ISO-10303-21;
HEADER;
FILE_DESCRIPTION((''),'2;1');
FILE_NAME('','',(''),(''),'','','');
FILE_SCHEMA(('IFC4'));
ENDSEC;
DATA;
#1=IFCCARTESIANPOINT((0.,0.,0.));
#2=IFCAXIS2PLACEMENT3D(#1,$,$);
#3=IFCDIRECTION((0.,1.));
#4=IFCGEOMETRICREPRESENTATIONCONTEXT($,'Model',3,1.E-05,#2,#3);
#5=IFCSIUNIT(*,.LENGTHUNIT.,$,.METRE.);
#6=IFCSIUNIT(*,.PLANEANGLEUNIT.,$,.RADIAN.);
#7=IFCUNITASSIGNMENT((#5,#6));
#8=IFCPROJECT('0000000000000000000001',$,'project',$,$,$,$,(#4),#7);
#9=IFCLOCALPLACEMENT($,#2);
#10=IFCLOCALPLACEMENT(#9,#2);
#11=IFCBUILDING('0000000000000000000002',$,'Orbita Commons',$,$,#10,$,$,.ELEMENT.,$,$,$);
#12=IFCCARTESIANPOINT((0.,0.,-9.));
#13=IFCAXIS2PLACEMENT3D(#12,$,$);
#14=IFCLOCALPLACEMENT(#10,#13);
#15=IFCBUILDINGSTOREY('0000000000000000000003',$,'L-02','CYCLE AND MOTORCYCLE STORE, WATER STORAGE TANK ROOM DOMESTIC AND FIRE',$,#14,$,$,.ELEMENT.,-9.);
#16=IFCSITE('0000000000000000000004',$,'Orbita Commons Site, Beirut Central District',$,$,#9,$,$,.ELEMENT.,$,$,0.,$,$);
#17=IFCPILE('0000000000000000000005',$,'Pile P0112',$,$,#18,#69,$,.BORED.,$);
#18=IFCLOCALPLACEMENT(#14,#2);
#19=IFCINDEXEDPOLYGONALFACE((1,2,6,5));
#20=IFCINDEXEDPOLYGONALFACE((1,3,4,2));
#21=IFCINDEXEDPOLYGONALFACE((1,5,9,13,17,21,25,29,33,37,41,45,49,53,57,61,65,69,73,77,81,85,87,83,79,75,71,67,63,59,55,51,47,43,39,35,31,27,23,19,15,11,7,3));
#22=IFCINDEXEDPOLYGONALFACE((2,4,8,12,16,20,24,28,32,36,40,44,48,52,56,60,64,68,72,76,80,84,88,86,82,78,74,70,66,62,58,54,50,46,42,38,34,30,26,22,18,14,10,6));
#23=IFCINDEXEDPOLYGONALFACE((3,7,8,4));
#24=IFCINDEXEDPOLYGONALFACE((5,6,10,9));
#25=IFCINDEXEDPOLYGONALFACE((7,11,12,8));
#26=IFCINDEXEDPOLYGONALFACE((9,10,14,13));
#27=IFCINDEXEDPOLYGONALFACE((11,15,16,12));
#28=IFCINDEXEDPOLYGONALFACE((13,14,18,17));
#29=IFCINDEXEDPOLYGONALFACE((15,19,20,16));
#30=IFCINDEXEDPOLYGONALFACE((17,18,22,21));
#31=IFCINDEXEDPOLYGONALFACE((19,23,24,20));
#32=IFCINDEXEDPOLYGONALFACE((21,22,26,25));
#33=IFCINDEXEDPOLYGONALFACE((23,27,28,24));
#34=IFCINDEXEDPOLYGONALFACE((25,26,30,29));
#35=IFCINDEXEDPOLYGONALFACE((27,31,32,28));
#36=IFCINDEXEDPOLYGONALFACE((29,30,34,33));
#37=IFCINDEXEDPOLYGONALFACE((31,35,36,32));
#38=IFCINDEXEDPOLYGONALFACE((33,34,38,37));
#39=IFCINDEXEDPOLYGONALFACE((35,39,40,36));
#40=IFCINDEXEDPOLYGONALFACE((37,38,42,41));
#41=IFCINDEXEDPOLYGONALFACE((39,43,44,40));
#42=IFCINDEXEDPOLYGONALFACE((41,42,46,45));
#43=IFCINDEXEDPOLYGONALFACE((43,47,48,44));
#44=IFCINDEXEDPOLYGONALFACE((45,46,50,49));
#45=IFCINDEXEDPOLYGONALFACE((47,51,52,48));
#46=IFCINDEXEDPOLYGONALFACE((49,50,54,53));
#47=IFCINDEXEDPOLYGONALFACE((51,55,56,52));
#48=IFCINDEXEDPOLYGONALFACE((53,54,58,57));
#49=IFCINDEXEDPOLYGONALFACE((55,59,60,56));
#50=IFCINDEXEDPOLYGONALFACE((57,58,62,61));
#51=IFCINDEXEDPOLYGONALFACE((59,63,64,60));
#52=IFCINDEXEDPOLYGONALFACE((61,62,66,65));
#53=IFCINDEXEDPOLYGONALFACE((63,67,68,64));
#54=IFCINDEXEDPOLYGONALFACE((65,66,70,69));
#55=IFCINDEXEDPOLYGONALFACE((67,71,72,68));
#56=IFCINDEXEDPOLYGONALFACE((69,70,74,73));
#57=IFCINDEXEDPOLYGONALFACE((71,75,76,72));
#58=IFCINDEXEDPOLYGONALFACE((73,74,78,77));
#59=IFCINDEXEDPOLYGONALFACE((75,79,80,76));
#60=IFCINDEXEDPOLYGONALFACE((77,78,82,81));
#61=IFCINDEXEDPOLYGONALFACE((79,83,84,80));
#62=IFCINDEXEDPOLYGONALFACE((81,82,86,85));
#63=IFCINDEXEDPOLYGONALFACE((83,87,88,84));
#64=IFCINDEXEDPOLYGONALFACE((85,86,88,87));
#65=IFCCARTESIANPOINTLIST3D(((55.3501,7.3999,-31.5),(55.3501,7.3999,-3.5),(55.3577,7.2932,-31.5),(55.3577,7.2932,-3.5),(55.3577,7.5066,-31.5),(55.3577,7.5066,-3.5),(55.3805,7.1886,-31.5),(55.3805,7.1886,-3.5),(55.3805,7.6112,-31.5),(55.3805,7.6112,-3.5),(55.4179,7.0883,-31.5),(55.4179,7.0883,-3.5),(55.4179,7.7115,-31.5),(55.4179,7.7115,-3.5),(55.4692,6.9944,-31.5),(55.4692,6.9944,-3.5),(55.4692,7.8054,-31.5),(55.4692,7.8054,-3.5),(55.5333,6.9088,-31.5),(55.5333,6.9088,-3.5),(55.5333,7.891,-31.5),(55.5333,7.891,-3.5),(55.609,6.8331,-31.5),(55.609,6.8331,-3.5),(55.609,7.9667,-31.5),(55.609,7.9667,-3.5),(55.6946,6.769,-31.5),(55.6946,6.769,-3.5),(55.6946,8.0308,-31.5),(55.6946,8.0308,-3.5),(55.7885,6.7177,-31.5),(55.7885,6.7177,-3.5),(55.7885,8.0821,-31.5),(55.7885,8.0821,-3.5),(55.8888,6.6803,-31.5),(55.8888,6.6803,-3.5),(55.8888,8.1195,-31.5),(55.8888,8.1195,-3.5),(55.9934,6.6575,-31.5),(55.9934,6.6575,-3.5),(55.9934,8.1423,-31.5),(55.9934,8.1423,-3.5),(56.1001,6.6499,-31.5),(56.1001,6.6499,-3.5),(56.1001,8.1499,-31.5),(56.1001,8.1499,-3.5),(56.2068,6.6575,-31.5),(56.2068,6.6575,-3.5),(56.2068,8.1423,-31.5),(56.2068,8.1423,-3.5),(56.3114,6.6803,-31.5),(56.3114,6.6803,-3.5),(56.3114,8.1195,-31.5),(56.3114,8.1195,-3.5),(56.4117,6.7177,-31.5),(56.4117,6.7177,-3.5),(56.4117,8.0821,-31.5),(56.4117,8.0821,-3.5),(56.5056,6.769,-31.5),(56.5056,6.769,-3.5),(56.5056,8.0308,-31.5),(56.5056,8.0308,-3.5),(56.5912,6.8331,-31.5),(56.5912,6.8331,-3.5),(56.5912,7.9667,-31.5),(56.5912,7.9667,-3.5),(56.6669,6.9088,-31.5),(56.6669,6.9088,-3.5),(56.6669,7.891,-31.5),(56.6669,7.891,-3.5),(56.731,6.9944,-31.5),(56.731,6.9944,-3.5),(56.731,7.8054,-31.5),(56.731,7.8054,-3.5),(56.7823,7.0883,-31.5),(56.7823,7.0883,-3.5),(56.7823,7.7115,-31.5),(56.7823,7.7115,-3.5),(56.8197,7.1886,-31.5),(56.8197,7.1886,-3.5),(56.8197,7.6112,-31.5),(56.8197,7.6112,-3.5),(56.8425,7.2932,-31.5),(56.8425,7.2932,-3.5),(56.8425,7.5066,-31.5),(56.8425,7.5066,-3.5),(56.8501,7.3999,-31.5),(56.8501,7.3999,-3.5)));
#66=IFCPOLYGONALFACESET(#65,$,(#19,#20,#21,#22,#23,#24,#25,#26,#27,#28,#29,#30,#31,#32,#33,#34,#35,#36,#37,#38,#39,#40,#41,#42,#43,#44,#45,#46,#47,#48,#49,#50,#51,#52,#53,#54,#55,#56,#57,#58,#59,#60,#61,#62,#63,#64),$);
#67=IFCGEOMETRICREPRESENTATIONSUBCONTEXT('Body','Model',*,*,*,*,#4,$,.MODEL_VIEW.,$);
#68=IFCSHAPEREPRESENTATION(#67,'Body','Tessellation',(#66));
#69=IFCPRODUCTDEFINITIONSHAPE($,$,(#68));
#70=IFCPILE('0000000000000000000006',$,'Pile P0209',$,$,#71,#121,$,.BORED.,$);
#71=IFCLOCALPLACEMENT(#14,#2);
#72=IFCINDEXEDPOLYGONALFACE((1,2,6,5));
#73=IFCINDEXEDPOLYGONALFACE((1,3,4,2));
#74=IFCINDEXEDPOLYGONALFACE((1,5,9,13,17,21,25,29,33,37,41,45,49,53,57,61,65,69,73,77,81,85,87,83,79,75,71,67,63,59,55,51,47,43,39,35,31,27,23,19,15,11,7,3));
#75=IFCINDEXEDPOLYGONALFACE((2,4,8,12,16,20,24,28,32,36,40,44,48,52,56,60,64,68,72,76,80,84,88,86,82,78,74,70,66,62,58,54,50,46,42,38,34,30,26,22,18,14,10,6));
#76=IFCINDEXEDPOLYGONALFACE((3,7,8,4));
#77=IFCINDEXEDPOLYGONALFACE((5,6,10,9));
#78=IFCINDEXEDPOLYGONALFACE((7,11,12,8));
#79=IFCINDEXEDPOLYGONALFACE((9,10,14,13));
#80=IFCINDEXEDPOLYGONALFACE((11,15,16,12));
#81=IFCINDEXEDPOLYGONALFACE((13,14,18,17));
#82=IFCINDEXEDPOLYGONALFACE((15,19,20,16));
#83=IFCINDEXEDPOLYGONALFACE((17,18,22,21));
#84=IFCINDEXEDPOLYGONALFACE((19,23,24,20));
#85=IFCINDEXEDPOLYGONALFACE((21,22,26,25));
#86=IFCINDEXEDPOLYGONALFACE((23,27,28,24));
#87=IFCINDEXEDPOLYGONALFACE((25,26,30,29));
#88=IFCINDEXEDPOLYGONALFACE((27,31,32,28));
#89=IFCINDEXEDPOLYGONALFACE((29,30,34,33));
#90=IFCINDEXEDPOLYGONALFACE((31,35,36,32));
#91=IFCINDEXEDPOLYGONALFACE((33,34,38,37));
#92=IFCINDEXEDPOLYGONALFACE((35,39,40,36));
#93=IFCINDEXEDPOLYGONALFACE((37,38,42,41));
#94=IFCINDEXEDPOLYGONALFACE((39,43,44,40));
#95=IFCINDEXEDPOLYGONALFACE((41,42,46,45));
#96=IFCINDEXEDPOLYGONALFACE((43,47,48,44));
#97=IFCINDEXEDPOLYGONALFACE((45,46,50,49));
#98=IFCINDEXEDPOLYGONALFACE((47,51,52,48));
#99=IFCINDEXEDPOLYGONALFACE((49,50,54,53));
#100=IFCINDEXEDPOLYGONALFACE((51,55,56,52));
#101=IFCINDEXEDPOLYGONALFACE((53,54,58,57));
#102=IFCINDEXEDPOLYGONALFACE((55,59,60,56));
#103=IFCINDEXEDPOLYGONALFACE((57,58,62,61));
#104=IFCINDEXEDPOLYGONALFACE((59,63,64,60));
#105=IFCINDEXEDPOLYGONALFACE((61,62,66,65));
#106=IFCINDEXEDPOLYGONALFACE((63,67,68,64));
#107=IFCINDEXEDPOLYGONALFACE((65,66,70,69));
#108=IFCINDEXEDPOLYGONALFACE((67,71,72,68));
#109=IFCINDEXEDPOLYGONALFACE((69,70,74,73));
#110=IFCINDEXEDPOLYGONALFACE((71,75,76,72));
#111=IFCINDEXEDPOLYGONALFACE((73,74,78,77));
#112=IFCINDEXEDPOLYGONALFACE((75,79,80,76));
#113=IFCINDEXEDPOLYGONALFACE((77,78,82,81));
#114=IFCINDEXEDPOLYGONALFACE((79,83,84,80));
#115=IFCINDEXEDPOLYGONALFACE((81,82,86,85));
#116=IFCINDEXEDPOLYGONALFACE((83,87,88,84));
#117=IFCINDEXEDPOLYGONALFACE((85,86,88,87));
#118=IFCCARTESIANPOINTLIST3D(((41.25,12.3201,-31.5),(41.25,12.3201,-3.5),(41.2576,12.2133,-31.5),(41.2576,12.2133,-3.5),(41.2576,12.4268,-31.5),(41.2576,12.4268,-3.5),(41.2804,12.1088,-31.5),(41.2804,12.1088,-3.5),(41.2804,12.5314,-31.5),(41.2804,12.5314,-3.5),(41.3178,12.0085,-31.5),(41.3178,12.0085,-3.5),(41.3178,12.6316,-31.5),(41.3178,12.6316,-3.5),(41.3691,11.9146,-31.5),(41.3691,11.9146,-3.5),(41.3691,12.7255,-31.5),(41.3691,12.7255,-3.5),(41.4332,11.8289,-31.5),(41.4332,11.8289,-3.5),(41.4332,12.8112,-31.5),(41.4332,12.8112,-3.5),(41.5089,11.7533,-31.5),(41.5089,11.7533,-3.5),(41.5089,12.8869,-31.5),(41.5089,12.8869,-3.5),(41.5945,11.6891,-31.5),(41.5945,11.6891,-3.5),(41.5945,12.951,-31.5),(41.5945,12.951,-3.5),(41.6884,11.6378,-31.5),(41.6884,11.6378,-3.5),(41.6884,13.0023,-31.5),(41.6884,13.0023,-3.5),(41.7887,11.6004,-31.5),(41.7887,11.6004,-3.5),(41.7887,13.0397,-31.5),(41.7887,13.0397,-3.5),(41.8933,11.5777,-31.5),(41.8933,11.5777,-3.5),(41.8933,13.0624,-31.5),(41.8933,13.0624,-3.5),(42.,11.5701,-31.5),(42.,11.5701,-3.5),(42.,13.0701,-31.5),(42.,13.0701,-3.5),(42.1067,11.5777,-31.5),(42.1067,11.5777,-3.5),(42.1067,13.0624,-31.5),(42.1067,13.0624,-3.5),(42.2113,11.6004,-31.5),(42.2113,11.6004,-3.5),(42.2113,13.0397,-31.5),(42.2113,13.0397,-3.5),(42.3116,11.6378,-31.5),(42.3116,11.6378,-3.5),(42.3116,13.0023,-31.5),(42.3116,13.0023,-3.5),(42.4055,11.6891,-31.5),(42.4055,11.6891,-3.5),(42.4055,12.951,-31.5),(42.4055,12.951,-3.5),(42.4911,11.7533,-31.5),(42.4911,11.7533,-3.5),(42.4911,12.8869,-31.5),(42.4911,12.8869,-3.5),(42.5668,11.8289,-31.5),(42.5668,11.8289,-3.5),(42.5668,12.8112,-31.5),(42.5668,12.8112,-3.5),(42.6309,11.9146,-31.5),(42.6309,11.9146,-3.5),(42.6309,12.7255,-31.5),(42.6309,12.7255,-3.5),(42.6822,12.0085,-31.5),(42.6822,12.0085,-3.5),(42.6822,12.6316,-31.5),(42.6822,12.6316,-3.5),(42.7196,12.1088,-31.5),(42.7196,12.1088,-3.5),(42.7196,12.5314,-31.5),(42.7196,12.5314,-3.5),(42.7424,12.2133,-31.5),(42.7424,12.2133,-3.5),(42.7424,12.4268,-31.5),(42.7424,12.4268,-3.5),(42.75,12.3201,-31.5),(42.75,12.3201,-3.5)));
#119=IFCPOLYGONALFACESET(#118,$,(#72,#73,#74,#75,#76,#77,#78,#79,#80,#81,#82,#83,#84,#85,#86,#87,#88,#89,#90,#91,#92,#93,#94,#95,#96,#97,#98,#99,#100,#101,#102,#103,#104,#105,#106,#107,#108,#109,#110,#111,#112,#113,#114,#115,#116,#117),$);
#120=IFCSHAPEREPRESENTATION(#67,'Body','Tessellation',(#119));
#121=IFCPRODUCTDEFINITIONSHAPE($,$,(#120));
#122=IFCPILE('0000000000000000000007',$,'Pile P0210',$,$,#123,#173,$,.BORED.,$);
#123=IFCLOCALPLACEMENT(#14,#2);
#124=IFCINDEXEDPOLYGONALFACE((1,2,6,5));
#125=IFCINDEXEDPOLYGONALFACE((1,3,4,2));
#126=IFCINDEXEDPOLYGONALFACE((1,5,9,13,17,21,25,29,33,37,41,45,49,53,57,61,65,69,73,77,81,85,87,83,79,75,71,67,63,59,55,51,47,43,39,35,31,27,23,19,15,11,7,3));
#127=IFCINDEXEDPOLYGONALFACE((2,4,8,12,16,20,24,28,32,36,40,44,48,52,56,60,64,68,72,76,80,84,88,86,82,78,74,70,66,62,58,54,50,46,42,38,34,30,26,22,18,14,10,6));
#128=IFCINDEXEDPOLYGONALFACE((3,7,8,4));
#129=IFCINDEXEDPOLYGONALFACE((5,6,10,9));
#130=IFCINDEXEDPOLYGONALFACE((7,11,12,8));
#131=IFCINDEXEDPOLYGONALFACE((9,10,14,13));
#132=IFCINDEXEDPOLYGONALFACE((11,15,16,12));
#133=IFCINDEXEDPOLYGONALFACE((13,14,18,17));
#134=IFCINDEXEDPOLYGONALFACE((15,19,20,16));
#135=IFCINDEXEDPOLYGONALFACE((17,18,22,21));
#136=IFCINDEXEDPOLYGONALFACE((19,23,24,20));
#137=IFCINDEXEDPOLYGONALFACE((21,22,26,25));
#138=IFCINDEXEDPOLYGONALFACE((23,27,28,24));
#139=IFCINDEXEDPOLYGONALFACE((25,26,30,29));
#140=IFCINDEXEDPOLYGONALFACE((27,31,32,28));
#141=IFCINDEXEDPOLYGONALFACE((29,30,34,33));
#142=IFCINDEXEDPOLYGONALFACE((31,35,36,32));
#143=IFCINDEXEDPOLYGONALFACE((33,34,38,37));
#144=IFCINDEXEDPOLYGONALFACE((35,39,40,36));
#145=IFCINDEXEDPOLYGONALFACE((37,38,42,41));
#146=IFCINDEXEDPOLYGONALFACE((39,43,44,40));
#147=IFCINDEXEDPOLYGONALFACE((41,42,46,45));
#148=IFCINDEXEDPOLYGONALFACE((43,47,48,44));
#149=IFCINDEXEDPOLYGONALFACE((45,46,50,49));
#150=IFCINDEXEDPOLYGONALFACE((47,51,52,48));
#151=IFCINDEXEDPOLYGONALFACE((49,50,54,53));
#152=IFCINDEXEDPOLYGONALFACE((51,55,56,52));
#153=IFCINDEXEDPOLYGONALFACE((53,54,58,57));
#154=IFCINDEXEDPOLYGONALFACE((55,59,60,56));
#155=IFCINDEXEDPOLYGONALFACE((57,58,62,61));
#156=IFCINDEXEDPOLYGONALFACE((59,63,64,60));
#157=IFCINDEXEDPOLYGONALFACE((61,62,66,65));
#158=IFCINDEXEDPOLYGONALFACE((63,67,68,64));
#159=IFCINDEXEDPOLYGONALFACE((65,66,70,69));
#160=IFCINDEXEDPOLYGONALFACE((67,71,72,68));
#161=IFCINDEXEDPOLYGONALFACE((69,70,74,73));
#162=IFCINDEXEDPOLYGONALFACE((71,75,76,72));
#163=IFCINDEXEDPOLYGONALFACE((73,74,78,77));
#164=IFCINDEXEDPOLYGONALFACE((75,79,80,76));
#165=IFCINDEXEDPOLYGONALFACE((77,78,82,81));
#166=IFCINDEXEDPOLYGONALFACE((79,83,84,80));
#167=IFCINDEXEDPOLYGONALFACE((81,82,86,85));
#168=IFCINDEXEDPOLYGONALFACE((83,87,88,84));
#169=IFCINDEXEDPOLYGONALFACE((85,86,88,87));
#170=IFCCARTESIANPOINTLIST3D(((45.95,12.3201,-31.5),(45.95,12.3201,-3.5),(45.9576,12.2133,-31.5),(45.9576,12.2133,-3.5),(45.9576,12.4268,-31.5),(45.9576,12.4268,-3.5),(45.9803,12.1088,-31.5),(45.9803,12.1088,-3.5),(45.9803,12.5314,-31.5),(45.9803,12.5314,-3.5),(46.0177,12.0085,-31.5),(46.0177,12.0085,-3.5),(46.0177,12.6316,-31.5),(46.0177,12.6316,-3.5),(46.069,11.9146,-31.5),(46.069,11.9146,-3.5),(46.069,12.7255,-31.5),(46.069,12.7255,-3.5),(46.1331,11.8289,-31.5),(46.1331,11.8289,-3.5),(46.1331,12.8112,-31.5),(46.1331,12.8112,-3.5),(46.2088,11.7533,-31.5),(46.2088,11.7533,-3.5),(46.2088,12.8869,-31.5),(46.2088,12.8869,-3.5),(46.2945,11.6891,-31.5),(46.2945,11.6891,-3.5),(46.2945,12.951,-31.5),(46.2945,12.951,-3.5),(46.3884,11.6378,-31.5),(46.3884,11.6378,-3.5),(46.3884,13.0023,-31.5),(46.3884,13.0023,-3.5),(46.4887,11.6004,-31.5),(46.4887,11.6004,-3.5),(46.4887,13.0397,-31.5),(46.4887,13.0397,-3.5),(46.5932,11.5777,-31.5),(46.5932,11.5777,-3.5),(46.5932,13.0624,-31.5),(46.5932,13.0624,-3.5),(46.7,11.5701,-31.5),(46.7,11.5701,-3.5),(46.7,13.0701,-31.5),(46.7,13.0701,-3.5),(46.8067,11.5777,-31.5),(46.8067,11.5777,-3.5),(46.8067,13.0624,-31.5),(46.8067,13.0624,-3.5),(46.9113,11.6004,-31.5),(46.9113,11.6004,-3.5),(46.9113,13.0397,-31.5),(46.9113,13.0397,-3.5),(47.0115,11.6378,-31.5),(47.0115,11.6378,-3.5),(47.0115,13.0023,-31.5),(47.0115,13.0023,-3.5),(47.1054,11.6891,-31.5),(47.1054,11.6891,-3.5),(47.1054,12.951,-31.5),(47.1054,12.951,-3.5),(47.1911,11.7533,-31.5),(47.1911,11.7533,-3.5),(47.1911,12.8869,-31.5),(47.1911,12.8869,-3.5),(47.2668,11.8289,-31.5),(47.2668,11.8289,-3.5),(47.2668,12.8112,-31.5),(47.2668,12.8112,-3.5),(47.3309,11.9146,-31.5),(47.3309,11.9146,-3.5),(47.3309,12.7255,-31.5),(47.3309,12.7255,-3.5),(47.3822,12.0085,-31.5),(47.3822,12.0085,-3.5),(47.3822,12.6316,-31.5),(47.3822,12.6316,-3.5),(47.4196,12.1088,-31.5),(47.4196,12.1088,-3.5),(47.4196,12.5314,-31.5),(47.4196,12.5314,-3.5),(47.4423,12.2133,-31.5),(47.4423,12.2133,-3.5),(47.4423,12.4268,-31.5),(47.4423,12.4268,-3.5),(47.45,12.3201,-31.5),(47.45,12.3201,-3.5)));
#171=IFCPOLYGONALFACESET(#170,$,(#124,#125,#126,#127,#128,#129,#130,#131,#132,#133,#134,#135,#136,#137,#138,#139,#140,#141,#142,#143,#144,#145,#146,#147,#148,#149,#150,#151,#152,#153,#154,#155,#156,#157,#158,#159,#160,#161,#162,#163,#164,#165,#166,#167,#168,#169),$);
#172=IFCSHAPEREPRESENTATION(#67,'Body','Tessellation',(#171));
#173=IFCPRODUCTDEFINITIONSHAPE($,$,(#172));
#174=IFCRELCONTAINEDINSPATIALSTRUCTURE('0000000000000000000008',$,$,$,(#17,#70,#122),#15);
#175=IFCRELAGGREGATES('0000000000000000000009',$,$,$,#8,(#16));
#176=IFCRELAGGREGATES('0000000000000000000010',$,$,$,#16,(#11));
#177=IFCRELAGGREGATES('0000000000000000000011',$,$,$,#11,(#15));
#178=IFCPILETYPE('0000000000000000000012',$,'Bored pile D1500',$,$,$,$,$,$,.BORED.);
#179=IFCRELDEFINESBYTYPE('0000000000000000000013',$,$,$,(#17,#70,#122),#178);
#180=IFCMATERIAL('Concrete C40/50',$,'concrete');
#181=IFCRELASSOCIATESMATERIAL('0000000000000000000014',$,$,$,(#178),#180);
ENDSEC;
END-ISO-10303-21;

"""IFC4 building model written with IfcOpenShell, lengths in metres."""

from ifc_helpers import new_model, si_unit, direction, frame, origin, origin_2d, place, context, subcontext, project, spatial, circle, extrude, material, material_profile, profile_set, type_object, element, save


model = new_model("IFC4")

# Units and contexts
model_context = context("Model", 3, precision=1e-05, world=origin(), true_north=direction((0.0, 1.0)))
body_context = subcontext(model_context, "Body", "Model", "MODEL_VIEW")
ifc_project = project(units=[si_unit("LENGTHUNIT", "METRE"), si_unit("PLANEANGLEUNIT", "RADIAN")], contexts=[model_context])

# Site, building, storey
site_placement = place(None, origin())
site = spatial("IfcSite", under=ifc_project, at=site_placement, Name="Orbita Commons Site, Beirut Central District", CompositionType="ELEMENT", RefElevation=0.0)
building_placement = place(site_placement, origin())
building = spatial("IfcBuilding", under=site, at=building_placement, Name="Orbita Commons", CompositionType="ELEMENT")
storey_placement = place(building_placement, frame((0.0, 0.0, -9.0)))
storey = spatial("IfcBuildingStorey", under=building, at=storey_placement, Name="L-02", Description="CYCLE AND MOTORCYCLE STORE, WATER STORAGE TANK ROOM DOMESTIC AND FIRE", CompositionType="ELEMENT", Elevation=-9.0)

# Piles
ifc_material_1 = material(Name="Concrete C40/50", Category="concrete")
ifc_material_profile_1 = material_profile(ifc_material_1, circle(Radius=0.75, at=origin_2d()), Name="RC D1500")
ifc_profile_set_1 = profile_set([ifc_material_profile_1], Name="Concrete C40/50")
pile_type = type_object("IfcPileType", Name="Bored pile D1500", PredefinedType="BORED", material=ifc_profile_set_1)
for number, where, z_axis, x_axis, name in (
    (1, (56.1001, 7.3999, -3.5), (0.0, 0.0, -1.0), (1.0, 0.0, 0.0), "Pile P0112"),
    (2, (42.0, 12.3201, -3.5), (0.0, 0.0, -1.0), (1.0, 0.0, 0.0), "Pile P0209"),
    (3, (46.7, 12.3201, -3.5), (0.0, 0.0, -1.0), (1.0, 0.0, 0.0), "Pile P0210"),
):
    element("IfcPile", number, at=place(storey_placement, frame(where, z_axis=z_axis, x_axis=x_axis)), inside=storey, type_object=pile_type, Name=name, PredefinedType="BORED", context=body_context, shape_type="SweptSolid", body=[
        extrude(circle(Radius=0.75, at=origin_2d()), origin(), (0.0, 0.0, 1.0), 28.0),
    ])

save(model, "model.ifc")
